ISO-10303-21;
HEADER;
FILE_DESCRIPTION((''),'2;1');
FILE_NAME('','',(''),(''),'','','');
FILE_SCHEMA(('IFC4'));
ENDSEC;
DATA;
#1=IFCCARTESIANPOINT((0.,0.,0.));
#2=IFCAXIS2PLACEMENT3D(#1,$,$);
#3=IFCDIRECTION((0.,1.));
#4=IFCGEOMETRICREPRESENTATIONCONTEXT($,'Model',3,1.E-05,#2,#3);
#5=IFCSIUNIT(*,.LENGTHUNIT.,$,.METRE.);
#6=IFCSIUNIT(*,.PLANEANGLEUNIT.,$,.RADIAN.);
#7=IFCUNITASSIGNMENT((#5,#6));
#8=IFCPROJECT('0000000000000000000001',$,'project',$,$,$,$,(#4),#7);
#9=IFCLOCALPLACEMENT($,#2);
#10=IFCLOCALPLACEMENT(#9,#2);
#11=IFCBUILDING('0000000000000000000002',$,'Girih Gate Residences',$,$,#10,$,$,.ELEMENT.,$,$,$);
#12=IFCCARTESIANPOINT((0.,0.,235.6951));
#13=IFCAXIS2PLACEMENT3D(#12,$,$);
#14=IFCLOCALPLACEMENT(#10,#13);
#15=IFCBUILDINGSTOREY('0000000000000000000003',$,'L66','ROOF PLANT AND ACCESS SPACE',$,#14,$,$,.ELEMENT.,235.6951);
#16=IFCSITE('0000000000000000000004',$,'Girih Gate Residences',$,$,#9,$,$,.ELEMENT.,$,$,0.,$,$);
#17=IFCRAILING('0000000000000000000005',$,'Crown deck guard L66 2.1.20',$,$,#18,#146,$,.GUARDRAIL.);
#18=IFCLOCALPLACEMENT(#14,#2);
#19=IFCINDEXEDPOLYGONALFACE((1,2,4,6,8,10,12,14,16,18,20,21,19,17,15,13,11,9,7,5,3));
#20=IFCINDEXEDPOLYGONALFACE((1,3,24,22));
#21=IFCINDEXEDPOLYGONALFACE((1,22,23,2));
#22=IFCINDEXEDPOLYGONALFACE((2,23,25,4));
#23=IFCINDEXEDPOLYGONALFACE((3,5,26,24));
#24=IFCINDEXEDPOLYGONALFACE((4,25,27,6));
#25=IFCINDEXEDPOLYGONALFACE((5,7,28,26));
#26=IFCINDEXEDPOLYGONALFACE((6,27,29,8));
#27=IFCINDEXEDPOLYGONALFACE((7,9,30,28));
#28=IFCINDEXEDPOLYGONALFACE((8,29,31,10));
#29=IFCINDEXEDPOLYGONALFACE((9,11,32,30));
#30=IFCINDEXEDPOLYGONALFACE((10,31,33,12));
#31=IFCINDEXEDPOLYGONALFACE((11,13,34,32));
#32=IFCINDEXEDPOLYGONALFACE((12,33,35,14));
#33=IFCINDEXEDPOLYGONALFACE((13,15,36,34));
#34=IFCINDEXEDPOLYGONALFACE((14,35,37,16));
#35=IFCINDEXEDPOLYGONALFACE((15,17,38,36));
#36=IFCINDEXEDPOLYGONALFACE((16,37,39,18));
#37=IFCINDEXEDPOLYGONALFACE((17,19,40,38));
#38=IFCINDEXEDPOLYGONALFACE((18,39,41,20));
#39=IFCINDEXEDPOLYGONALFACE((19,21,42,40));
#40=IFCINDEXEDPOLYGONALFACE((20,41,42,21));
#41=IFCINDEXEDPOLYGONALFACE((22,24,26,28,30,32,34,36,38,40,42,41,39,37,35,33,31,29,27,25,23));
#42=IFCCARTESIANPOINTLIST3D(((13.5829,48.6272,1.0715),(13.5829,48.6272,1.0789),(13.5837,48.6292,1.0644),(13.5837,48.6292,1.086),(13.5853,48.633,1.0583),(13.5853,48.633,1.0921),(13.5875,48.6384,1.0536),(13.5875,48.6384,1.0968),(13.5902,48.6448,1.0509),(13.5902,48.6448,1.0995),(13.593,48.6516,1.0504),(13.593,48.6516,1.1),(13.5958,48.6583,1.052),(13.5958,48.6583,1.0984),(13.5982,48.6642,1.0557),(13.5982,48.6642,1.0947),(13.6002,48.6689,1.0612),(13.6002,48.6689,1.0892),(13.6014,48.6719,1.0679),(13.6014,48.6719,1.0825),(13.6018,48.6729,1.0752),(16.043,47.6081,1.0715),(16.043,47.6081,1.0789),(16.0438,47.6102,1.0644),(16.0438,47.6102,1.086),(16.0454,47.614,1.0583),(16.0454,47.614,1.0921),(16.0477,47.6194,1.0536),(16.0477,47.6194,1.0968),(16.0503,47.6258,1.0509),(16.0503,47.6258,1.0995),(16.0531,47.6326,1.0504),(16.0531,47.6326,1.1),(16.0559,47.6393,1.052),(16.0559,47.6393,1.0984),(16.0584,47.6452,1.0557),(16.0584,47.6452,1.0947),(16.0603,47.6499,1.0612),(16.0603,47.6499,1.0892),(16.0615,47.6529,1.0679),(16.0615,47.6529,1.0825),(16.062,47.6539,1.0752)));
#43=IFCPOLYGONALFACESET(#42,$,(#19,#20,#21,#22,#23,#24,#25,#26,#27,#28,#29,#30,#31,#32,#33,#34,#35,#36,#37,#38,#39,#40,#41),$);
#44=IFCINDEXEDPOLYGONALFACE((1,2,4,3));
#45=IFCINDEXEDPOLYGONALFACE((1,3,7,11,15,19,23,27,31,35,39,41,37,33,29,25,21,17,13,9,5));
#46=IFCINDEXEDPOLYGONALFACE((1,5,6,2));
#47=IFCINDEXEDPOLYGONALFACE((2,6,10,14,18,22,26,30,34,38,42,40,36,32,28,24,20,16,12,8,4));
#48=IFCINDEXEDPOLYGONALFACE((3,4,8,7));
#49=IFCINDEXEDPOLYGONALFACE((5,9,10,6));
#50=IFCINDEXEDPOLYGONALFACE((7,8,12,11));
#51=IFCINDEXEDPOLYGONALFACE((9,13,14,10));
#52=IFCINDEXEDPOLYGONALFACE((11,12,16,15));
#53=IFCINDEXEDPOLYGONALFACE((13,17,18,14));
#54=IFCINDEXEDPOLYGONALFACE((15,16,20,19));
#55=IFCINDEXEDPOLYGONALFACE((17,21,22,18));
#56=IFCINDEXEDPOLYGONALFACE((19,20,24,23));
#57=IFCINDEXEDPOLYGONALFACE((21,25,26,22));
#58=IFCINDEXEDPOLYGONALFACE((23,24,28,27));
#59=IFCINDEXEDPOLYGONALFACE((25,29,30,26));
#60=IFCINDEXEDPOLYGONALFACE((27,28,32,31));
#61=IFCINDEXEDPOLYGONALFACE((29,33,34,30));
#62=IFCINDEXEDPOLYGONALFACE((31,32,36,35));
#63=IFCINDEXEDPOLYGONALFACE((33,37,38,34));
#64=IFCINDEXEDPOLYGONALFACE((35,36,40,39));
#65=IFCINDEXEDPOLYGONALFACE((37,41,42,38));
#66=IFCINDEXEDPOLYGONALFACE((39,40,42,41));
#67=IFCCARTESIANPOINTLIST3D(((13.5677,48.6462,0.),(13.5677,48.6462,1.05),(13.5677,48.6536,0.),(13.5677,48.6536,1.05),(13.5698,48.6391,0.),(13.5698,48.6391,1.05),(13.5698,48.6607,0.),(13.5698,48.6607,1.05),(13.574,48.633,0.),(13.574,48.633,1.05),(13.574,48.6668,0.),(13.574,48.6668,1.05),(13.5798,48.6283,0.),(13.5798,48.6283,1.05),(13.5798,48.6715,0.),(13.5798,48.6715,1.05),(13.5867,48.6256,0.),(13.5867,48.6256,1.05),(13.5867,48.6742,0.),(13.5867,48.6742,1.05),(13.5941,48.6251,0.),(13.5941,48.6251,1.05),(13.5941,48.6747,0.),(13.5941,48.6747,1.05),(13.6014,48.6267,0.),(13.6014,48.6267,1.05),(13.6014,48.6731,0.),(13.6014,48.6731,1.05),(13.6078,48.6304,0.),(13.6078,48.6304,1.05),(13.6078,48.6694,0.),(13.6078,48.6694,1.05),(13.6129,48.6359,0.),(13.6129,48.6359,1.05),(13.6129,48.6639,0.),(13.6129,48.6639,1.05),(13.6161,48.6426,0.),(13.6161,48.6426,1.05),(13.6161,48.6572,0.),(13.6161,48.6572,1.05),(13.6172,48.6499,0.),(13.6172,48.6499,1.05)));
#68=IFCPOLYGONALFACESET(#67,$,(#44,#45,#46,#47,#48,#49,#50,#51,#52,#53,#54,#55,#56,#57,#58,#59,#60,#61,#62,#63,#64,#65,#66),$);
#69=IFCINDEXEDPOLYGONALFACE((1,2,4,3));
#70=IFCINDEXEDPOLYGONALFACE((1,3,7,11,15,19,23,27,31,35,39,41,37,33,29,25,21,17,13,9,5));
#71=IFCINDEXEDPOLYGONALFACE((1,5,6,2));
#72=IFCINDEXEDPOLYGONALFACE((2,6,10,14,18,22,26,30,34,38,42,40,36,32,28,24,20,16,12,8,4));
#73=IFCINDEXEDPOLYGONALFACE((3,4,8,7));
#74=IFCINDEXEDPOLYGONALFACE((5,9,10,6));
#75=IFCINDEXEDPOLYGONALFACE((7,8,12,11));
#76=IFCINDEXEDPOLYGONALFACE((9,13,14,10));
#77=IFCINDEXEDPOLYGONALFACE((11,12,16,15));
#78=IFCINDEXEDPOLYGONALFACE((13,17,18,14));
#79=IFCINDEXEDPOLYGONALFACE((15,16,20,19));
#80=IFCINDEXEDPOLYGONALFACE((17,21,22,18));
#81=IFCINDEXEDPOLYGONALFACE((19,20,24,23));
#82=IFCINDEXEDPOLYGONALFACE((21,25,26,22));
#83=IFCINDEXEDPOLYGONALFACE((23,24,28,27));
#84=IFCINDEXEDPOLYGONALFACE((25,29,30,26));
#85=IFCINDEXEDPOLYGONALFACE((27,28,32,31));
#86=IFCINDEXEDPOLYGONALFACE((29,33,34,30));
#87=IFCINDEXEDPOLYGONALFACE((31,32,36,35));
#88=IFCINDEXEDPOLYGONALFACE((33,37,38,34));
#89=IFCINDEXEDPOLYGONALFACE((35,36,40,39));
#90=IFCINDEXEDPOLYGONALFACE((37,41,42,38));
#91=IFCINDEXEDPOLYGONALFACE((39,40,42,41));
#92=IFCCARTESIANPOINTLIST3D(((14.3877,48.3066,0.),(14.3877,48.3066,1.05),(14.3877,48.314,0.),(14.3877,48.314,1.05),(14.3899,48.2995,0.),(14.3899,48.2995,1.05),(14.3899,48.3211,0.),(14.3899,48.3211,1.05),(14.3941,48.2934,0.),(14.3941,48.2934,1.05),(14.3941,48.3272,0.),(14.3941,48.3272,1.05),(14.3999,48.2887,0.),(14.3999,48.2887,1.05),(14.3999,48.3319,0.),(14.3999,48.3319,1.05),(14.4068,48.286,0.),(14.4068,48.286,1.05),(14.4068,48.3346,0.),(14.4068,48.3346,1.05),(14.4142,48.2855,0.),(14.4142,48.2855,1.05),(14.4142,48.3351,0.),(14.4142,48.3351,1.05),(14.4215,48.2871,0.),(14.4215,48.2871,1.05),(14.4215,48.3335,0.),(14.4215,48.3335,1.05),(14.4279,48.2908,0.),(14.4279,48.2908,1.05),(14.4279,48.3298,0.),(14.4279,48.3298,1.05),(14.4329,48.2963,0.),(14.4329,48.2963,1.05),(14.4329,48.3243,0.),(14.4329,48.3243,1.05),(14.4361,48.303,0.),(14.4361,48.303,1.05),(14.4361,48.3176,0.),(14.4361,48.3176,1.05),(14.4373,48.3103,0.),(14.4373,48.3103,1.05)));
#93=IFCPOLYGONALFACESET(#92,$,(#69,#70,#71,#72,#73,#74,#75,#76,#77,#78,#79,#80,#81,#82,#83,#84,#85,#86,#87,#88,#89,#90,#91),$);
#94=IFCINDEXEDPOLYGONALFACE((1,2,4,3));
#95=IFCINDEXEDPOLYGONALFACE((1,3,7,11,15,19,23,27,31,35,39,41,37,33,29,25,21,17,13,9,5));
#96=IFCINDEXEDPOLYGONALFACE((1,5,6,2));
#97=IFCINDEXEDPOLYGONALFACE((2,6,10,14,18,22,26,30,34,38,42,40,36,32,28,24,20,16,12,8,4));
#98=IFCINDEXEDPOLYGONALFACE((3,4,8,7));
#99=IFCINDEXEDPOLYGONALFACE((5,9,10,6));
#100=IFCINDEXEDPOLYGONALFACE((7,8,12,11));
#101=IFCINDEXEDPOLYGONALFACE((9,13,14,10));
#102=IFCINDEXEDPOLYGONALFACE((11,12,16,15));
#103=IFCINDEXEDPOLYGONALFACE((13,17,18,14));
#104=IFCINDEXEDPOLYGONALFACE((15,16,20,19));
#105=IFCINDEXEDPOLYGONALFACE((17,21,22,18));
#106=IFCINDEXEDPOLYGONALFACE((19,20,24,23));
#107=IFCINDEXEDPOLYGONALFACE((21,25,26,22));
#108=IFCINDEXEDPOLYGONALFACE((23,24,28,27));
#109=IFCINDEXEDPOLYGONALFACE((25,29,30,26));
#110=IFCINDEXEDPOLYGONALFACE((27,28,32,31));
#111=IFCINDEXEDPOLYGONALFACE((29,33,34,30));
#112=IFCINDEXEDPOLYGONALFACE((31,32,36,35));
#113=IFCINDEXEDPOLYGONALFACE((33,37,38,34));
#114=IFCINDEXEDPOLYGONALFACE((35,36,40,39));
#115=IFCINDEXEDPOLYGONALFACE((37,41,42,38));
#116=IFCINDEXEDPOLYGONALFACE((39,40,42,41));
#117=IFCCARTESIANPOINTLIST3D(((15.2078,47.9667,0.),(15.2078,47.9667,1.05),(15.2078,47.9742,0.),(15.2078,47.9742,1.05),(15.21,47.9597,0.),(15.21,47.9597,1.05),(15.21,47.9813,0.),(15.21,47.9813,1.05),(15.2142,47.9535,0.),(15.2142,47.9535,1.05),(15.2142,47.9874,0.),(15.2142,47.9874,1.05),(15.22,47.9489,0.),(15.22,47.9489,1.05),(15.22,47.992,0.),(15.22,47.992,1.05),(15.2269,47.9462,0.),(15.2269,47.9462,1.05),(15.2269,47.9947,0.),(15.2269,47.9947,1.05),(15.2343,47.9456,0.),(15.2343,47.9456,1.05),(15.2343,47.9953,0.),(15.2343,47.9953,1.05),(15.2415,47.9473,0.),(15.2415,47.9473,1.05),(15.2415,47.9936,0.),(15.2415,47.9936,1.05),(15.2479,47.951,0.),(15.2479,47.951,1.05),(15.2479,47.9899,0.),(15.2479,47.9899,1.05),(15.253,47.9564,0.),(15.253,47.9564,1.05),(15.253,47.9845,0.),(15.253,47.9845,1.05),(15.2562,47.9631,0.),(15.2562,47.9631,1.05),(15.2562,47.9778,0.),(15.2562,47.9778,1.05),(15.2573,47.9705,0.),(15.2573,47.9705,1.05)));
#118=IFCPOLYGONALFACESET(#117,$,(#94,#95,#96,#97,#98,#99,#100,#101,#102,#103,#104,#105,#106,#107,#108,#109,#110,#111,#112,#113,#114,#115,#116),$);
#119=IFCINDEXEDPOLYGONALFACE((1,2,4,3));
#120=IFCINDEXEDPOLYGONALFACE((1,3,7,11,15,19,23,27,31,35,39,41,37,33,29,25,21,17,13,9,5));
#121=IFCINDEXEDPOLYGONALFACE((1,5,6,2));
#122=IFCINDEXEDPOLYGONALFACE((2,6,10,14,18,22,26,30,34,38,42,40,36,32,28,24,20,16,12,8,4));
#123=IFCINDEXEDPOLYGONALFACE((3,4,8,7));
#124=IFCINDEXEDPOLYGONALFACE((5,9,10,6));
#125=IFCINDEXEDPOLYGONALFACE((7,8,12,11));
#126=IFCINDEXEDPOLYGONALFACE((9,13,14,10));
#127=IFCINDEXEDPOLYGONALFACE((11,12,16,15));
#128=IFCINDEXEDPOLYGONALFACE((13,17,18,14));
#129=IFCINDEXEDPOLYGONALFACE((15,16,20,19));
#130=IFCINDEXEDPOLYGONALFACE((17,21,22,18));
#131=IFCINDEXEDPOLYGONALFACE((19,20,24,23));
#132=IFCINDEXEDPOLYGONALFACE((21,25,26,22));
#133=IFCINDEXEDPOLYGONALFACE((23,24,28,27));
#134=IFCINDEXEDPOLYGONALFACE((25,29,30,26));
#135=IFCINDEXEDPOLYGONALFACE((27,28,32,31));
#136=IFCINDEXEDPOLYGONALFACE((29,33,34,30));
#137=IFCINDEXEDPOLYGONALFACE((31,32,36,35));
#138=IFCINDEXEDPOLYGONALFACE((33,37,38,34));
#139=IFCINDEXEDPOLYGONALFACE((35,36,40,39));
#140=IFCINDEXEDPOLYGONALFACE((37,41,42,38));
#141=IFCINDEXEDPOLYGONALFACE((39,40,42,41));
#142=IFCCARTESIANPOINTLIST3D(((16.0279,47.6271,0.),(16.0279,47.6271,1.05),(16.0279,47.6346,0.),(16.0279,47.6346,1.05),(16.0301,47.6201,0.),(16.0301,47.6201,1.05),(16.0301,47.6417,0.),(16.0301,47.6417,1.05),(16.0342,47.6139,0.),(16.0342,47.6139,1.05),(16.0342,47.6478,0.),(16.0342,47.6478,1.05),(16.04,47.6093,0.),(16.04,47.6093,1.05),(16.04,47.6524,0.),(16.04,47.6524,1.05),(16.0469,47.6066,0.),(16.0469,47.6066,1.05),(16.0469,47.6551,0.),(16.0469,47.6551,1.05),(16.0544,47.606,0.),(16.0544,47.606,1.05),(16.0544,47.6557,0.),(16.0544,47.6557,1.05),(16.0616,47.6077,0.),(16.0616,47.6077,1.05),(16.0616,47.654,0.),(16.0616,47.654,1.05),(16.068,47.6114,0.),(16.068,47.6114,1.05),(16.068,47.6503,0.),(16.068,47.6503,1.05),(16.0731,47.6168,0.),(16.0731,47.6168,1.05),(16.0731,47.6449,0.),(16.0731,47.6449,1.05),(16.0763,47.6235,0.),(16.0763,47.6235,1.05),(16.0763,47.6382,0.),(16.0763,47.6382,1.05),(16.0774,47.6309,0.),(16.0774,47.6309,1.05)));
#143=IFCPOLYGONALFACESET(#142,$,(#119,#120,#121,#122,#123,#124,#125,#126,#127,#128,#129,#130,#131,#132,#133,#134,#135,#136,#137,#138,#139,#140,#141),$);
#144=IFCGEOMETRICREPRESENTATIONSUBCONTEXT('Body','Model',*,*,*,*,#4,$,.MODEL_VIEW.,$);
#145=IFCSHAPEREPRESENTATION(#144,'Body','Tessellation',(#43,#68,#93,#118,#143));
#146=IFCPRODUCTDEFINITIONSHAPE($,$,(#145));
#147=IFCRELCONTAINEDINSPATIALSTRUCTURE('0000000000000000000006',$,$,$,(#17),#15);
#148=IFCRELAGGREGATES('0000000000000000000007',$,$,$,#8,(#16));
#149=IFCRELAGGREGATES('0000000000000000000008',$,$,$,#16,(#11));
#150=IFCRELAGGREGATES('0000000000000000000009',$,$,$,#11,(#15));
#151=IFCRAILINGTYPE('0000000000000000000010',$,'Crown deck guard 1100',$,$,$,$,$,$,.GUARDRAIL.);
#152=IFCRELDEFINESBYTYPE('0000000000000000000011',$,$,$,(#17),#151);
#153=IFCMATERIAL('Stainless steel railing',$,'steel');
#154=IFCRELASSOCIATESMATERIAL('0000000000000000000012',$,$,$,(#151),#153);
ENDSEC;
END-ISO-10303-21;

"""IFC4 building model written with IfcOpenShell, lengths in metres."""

from ifc_helpers import new_model, si_unit, direction, frame, origin, origin_2d, place, context, subcontext, project, spatial, circle, extrude, material, type_object, element, save


model = new_model("IFC4")

# Units and contexts
model_context = context("Model", 3, precision=1e-05, world=origin(), true_north=direction((0.0, 1.0)))
body_context = subcontext(model_context, "Body", "Model", "MODEL_VIEW")
ifc_project = project(units=[si_unit("LENGTHUNIT", "METRE"), si_unit("PLANEANGLEUNIT", "RADIAN")], contexts=[model_context])

# Site, building, storey
site_placement = place(None, origin())
site = spatial("IfcSite", under=ifc_project, at=site_placement, Name="Girih Gate Residences", CompositionType="ELEMENT", RefElevation=0.0)
building_placement = place(site_placement, origin())
building = spatial("IfcBuilding", under=site, at=building_placement, Name="Girih Gate Residences", CompositionType="ELEMENT")
storey_placement = place(building_placement, frame((0.0, 0.0, 235.6951)))
storey = spatial("IfcBuildingStorey", under=building, at=storey_placement, Name="L66", Description="ROOF PLANT AND ACCESS SPACE", CompositionType="ELEMENT", Elevation=235.6951)

# Railing
ifc_material_1 = material(Name="Stainless steel railing", Category="steel")
railing_type = type_object("IfcRailingType", Name="Crown deck guard 1100", PredefinedType="GUARDRAIL", material=ifc_material_1)
railing_1_placement = place(storey_placement, frame((13.5923, 48.6499, 0.0)))
element("IfcRailing", 1, at=railing_1_placement, inside=storey, type_object=railing_type, Name="Crown deck guard L66 2.1.20", PredefinedType="GUARDRAIL", context=body_context, shape_type="SweptSolid", body=[
    extrude(circle(Radius=0.0249, at=origin_2d()), frame((0.0, 0.0, 1.0752), z_axis=(0.923881, -0.382681, 0.0), x_axis=(0.382681, 0.923881, 0.0)), (0.0, 0.0, 1.0), 2.6628),
    extrude(circle(Radius=0.0249, at=origin_2d()), origin(), (0.0, 0.0, 1.0), 1.05),
    extrude(circle(Radius=0.0249, at=origin_2d()), frame((0.8201, -0.3396, 0.0)), (0.0, 0.0, 1.0), 1.05),
    extrude(circle(Radius=0.0249, at=origin_2d()), frame((1.6401, -0.6794, 0.0)), (0.0, 0.0, 1.0), 1.05),
    extrude(circle(Radius=0.0249, at=origin_2d()), frame((2.4602, -1.019, 0.0)), (0.0, 0.0, 1.0), 1.05),
])

save(model, "model.ifc")
